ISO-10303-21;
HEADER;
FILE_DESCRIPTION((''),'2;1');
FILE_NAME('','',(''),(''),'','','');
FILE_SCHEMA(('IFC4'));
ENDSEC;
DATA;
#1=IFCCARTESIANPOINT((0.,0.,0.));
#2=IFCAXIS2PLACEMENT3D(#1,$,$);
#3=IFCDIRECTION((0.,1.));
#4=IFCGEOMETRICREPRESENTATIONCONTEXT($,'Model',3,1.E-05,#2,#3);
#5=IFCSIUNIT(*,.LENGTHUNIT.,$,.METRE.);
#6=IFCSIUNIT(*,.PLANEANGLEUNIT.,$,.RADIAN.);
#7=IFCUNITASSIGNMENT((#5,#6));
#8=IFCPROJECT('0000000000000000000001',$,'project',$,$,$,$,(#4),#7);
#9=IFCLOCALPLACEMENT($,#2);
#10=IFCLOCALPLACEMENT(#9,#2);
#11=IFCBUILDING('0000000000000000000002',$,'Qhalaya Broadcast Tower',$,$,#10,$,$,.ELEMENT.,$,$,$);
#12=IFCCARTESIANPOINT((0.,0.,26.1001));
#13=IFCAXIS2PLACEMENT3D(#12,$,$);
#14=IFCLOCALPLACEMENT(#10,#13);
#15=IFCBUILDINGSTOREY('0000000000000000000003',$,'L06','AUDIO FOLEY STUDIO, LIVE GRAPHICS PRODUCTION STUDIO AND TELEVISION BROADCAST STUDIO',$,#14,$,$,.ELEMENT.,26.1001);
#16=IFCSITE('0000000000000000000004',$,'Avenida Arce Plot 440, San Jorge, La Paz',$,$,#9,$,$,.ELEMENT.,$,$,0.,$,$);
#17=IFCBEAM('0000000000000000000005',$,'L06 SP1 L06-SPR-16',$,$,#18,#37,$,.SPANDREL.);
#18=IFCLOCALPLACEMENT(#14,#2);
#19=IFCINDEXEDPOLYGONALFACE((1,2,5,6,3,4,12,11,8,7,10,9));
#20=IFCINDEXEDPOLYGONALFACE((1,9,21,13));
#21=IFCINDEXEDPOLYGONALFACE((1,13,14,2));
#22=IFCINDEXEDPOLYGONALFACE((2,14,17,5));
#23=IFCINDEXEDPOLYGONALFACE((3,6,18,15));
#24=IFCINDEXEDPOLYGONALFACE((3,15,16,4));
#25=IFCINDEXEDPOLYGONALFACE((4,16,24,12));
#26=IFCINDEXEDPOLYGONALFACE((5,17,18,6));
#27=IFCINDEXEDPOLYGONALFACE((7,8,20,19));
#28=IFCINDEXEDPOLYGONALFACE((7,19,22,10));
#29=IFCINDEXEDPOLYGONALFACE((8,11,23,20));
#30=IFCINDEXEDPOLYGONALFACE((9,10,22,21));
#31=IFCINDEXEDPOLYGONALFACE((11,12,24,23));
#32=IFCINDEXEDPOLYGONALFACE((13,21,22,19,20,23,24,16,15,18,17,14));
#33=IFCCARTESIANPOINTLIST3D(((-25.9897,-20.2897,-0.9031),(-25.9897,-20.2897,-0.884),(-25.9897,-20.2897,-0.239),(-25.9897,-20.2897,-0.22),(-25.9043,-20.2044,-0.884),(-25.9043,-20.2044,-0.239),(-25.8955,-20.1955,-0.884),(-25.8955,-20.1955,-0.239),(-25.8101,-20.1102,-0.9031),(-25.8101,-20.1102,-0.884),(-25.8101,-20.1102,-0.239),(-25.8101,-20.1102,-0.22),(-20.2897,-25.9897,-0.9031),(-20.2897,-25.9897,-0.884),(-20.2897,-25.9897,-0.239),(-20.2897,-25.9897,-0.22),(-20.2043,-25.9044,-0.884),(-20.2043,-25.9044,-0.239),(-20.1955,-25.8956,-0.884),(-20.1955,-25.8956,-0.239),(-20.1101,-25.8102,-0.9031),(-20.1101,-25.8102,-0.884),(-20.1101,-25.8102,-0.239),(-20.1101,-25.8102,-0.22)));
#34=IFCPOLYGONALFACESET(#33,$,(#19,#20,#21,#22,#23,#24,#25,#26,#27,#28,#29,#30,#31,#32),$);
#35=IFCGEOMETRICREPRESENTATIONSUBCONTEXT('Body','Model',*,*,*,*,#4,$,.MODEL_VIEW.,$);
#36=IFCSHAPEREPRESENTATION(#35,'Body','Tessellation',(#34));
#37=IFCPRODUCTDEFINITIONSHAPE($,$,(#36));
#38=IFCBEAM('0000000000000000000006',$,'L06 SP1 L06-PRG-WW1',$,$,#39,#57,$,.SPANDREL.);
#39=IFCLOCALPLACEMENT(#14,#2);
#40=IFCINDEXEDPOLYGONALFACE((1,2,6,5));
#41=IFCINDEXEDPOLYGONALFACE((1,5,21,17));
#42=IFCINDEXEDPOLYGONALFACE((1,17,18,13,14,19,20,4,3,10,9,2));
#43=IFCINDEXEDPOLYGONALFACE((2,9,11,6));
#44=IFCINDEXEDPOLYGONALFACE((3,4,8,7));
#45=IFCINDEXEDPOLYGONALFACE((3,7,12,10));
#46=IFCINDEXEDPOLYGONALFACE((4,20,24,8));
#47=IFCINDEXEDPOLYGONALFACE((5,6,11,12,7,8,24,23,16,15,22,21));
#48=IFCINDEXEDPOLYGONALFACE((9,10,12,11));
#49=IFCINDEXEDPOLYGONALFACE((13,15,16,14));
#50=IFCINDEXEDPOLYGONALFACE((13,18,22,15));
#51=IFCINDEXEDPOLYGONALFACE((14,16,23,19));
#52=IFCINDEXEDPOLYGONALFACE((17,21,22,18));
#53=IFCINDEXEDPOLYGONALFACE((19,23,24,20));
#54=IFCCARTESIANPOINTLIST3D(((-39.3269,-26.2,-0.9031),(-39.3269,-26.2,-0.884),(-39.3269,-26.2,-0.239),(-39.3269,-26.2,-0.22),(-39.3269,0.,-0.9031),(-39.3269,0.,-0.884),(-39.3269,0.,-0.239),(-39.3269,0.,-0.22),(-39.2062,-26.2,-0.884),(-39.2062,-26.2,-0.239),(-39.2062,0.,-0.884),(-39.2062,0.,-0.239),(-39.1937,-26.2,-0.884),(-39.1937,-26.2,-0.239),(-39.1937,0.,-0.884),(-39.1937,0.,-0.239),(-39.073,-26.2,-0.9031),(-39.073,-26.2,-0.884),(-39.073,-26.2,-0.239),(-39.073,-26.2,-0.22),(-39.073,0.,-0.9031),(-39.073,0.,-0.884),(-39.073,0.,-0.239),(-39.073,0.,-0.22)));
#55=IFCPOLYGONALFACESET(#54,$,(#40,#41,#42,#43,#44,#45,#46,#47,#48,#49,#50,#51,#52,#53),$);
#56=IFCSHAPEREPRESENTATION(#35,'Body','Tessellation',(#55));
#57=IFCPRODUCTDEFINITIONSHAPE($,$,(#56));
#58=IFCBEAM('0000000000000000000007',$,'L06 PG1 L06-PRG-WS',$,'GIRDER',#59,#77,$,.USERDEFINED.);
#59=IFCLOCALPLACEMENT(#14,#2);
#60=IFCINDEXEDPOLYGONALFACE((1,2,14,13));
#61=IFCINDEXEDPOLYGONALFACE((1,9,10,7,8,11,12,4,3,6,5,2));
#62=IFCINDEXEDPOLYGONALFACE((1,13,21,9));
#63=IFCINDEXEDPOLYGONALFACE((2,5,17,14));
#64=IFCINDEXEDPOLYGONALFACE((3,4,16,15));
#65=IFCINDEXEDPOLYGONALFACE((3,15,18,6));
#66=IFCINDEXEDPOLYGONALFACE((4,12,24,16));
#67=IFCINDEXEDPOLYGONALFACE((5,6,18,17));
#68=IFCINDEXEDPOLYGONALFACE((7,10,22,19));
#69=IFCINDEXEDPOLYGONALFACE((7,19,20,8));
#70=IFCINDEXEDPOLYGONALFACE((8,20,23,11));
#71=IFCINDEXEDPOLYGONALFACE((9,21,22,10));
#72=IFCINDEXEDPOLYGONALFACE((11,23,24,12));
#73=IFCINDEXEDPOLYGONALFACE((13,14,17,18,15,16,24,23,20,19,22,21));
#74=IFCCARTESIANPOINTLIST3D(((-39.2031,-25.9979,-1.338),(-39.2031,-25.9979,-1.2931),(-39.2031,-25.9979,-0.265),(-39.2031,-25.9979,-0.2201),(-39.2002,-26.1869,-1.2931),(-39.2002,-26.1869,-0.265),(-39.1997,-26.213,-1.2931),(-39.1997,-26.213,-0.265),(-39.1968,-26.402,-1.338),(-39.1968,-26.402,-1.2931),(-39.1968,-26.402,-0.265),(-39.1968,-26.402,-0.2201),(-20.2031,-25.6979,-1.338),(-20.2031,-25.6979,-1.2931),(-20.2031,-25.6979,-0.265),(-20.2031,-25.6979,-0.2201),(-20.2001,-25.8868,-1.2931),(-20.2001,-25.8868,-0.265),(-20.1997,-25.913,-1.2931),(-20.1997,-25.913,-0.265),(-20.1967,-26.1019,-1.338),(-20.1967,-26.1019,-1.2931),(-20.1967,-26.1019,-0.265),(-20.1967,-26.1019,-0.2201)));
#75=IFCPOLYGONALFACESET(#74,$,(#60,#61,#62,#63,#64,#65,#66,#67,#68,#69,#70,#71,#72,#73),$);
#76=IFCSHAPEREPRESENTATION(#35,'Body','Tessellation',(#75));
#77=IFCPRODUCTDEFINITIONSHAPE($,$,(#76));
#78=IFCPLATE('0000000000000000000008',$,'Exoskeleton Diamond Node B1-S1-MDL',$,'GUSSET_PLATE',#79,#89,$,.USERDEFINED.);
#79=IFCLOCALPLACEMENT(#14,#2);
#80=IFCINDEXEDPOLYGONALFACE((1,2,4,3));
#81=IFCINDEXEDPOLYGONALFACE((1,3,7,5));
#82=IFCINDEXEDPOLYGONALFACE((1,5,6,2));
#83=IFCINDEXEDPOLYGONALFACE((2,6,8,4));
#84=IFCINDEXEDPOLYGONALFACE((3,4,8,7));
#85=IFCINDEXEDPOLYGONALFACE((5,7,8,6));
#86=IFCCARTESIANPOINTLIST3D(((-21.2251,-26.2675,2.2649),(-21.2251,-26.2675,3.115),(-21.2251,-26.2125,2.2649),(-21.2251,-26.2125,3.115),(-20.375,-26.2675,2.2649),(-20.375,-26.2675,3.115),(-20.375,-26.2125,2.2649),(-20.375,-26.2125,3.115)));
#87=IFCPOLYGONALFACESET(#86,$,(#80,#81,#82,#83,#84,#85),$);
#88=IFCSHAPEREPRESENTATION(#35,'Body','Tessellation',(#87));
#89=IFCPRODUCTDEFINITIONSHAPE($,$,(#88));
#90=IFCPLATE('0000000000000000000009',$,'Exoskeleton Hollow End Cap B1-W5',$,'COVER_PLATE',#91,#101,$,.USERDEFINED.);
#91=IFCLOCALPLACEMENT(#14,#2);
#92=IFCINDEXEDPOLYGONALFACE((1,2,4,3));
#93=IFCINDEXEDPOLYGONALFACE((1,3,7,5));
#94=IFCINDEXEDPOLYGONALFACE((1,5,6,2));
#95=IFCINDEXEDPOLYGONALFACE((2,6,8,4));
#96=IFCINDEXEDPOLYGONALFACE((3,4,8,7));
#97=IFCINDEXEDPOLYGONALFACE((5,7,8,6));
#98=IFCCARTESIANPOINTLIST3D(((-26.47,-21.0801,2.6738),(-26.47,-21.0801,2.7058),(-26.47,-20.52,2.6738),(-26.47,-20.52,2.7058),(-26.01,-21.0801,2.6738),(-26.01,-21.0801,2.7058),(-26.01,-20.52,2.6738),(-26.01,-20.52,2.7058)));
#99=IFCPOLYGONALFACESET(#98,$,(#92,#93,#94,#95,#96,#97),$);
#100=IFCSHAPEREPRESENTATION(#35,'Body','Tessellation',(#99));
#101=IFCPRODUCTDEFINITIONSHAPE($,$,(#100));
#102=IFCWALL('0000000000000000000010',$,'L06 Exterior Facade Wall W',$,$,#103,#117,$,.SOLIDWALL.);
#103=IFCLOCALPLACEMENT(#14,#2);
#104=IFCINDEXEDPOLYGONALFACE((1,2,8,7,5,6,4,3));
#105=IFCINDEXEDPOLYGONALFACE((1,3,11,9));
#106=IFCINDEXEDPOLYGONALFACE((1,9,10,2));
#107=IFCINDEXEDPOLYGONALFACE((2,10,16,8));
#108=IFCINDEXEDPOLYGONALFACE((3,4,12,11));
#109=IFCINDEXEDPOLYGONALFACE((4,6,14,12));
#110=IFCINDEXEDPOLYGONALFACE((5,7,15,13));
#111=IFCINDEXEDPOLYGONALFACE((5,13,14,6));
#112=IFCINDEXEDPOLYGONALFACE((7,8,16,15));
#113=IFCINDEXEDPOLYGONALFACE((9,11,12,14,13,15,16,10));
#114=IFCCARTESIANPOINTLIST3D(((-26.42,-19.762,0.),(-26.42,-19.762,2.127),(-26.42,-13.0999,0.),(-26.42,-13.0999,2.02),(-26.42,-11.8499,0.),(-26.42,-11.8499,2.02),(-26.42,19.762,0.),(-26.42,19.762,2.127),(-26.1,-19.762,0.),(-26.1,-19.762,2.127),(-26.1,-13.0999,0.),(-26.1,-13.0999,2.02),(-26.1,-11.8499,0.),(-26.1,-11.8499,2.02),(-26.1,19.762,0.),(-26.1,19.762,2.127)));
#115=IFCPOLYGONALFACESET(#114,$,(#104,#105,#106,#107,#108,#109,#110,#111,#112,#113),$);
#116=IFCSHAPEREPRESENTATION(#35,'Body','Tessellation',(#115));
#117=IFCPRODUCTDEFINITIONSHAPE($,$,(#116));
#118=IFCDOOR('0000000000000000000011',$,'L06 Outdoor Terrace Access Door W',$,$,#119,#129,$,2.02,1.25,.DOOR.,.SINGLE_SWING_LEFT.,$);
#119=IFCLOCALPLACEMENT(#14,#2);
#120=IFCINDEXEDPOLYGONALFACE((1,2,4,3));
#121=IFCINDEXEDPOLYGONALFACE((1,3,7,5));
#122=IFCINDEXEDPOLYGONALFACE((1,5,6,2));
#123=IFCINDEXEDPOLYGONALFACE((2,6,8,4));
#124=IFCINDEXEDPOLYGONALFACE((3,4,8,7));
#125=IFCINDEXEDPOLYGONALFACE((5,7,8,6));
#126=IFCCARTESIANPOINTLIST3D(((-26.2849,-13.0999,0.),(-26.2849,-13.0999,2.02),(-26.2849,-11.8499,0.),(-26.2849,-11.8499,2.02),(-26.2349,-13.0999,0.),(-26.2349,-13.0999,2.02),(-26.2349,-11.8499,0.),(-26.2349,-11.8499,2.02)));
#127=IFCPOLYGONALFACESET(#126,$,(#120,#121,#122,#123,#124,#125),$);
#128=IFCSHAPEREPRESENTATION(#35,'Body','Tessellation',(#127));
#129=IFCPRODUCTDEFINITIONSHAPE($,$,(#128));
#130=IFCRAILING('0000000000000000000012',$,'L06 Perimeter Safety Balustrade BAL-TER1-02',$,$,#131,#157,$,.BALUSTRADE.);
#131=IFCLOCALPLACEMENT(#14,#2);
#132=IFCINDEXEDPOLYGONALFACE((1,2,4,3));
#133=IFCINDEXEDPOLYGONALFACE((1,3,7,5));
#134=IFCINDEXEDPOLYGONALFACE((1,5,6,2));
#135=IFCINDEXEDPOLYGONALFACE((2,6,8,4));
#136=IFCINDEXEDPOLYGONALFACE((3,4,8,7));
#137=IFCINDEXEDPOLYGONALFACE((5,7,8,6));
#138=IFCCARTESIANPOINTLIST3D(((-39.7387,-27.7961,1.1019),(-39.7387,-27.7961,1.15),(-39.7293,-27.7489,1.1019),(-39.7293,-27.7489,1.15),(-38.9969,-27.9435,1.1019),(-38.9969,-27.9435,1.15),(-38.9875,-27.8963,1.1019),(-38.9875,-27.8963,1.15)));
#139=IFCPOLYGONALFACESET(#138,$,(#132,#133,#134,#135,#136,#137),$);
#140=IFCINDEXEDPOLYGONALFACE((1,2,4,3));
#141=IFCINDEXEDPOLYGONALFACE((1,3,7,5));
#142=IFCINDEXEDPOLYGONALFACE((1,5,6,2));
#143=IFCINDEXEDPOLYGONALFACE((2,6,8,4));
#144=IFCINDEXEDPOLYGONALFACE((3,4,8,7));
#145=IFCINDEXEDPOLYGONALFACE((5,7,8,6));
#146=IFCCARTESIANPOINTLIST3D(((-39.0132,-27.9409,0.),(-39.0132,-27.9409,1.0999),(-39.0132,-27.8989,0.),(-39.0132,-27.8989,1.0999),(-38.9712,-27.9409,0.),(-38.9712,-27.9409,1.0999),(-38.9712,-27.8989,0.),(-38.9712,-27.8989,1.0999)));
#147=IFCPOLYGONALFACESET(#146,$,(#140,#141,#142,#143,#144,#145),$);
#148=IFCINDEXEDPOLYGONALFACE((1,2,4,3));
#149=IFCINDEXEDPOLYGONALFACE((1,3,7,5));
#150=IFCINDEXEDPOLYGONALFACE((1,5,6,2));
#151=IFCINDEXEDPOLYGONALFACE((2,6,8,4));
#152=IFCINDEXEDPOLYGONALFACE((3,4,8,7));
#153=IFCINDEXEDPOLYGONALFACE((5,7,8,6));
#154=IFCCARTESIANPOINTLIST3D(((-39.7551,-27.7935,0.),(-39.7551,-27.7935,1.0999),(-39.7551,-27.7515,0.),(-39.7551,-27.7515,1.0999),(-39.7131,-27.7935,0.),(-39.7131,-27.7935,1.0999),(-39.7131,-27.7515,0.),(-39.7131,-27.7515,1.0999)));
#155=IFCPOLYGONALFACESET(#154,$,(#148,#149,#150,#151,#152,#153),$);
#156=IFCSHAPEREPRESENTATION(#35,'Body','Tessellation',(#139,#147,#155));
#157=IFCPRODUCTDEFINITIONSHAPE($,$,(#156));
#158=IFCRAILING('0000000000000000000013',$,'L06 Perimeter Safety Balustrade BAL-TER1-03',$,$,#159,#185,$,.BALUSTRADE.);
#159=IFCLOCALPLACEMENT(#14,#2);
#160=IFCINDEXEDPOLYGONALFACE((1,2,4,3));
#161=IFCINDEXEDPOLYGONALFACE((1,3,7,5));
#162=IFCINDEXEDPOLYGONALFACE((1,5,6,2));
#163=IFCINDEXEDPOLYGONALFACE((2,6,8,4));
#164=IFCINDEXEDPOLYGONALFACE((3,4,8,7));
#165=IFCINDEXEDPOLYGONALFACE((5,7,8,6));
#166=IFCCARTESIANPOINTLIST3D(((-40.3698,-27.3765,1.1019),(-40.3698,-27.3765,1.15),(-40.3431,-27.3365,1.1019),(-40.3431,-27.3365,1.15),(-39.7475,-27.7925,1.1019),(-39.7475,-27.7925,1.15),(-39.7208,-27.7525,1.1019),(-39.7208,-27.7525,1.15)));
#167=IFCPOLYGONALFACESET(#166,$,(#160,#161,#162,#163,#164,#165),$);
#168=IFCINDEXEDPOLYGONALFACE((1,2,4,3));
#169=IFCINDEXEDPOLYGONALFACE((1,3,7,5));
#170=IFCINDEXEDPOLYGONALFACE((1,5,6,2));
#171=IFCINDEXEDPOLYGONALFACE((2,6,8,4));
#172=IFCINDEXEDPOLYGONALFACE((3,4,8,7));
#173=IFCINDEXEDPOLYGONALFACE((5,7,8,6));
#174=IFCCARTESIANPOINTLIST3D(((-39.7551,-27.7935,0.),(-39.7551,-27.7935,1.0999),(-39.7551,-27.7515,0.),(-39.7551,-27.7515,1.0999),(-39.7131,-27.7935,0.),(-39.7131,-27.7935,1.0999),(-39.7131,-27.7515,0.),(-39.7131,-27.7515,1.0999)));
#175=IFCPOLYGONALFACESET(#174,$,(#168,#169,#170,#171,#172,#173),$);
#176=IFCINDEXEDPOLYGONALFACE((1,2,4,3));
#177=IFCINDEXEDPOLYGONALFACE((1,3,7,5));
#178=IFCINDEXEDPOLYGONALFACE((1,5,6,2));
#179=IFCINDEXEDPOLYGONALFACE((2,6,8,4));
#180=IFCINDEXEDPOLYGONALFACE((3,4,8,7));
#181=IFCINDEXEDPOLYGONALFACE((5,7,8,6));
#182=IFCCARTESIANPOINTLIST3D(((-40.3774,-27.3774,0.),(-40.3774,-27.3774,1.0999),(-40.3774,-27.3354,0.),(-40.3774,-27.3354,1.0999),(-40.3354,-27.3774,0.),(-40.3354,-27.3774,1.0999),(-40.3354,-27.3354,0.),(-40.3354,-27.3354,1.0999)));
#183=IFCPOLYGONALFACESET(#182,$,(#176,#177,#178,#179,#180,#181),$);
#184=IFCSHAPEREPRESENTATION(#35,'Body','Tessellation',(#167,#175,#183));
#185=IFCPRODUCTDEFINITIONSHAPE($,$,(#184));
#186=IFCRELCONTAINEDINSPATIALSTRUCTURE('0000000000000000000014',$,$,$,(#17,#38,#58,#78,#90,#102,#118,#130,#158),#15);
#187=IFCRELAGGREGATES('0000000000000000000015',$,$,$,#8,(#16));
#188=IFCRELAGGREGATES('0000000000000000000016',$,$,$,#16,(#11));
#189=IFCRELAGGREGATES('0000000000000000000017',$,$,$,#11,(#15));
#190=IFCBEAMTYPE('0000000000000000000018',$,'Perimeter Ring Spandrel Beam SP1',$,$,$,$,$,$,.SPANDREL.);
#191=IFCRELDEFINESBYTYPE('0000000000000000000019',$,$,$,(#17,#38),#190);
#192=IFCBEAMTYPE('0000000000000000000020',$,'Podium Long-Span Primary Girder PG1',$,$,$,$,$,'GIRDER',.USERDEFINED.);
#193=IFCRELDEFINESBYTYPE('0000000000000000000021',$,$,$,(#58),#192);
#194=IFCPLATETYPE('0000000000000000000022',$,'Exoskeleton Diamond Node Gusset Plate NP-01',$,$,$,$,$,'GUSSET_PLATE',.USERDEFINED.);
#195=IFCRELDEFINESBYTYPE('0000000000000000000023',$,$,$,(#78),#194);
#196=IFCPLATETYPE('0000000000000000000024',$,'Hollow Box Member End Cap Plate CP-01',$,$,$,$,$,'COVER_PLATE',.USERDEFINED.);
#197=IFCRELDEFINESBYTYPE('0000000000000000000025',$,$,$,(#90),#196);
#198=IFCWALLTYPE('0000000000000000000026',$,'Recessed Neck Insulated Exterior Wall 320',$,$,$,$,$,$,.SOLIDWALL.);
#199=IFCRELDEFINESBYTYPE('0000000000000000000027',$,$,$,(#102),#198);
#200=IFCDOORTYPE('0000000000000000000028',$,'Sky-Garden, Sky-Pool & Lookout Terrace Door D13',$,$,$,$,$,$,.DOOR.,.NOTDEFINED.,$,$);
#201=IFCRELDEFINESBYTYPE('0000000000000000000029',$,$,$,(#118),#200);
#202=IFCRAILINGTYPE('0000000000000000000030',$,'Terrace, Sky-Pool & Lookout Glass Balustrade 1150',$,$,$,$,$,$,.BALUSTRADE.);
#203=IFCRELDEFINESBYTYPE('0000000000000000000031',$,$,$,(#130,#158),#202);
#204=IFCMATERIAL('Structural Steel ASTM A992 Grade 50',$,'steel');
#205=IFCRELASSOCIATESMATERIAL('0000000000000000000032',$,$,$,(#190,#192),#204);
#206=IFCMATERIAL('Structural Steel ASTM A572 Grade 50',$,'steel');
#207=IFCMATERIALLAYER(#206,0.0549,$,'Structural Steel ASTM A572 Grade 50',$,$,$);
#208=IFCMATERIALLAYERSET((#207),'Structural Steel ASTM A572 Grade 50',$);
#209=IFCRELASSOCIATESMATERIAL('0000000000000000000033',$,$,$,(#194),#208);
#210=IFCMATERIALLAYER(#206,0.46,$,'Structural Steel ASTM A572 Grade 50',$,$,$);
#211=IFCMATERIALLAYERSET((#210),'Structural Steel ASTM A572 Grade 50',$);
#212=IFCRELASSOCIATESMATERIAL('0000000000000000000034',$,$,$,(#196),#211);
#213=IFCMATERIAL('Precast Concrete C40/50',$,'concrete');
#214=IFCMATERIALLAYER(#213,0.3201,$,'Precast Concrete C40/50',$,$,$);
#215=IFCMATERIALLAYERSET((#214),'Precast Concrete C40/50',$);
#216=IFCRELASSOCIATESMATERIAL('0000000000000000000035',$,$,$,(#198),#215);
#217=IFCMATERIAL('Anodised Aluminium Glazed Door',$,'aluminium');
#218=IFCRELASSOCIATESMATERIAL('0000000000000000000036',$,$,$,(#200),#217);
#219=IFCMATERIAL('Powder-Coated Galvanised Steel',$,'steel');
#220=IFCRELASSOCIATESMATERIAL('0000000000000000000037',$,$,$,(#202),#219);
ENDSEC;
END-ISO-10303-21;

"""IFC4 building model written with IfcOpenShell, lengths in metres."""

from ifc_helpers import new_model, si_unit, direction, frame, frame_2d, origin, origin_2d, place, context, subcontext, project, spatial, rectangle, i_section, extrude, material, layer, layer_set, material_profile, profile_set, type_object, element, fill, save


model = new_model("IFC4")

# Units and contexts
model_context = context("Model", 3, precision=1e-05, world=origin(), true_north=direction((0.0, 1.0)))
body_context = subcontext(model_context, "Body", "Model", "MODEL_VIEW")
ifc_project = project(units=[si_unit("LENGTHUNIT", "METRE"), si_unit("PLANEANGLEUNIT", "RADIAN")], contexts=[model_context])

# Site, building, storey
site_placement = place(None, origin())
site = spatial("IfcSite", under=ifc_project, at=site_placement, Name="Avenida Arce Plot 440, San Jorge, La Paz", CompositionType="ELEMENT", RefElevation=0.0)
building_placement = place(site_placement, origin())
building = spatial("IfcBuilding", under=site, at=building_placement, Name="Qhalaya Broadcast Tower", CompositionType="ELEMENT")
storey_placement = place(building_placement, frame((0.0, 0.0, 26.1001)))
storey = spatial("IfcBuildingStorey", under=building, at=storey_placement, Name="L06", Description="AUDIO FOLEY STUDIO, LIVE GRAPHICS PRODUCTION STUDIO AND TELEVISION BROADCAST STUDIO", CompositionType="ELEMENT", Elevation=26.1001)

# Shared definitions
ifc_material_1 = material(Name="Structural Steel ASTM A572 Grade 50", Category="steel")

# Shared definitions
ifc_material_2 = material(Name="Structural Steel ASTM A992 Grade 50", Category="steel")

# Beams
ifc_material_profile_1 = material_profile(ifc_material_2, i_section(OverallWidth=0.2539, OverallDepth=0.6831, WebThickness=0.0125, FlangeThickness=0.019, at=origin_2d()), Name="W27X94")
ifc_profile_set_1 = profile_set([ifc_material_profile_1], Name="Structural Steel ASTM A992 Grade 50")
beam_type_1 = type_object("IfcBeamType", Name="Perimeter Ring Spandrel Beam SP1", PredefinedType="SPANDREL", material=ifc_profile_set_1)
beam_1_placement = place(storey_placement, frame((-25.8999, -20.2, -0.5615), z_axis=(0.707107, -0.707107, 0.0), x_axis=(0.707107, 0.707107, 0.0)))
element("IfcBeam", 1, at=beam_1_placement, inside=storey, type_object=beam_type_1, Name="L06 SP1 L06-SPR-16", PredefinedType="SPANDREL", context=body_context, shape_type="SweptSolid", body=[
    extrude(i_section(OverallWidth=0.2539, OverallDepth=0.6831, WebThickness=0.0125, FlangeThickness=0.019, at=origin_2d()), origin(), (0.0, 0.0, 1.0), 8.061),
])
beam_2_placement = place(storey_placement, frame((-39.2, -26.2, -0.5615), z_axis=(0.0, 1.0, 0.0), x_axis=(-1.0, 0.0, 0.0)))
element("IfcBeam", 2, at=beam_2_placement, inside=storey, type_object=beam_type_1, Name="L06 SP1 L06-PRG-WW1", PredefinedType="SPANDREL", context=body_context, shape_type="SweptSolid", body=[
    extrude(i_section(OverallWidth=0.2539, OverallDepth=0.6831, WebThickness=0.0125, FlangeThickness=0.019, at=origin_2d()), origin(), (0.0, 0.0, 1.0), 26.2),
])
ifc_material_profile_2 = material_profile(ifc_material_2, i_section(OverallWidth=0.4041, OverallDepth=1.1179, WebThickness=0.0261, FlangeThickness=0.0449, at=origin_2d()), Name="W44X335")
ifc_profile_set_2 = profile_set([ifc_material_profile_2], Name="Structural Steel ASTM A992 Grade 50")
beam_type_2 = type_object("IfcBeamType", Name="Podium Long-Span Primary Girder PG1", ElementType="GIRDER", PredefinedType="USERDEFINED", material=ifc_profile_set_2)
beam_3_placement = place(storey_placement, frame((-39.2, -26.2, -0.7791), z_axis=(0.999875, 0.01579, 0.0), x_axis=(-0.01579, 0.999875, 0.0)))
element("IfcBeam", 3, at=beam_3_placement, inside=storey, type_object=beam_type_2, Name="L06 PG1 L06-PRG-WS", ObjectType="GIRDER", PredefinedType="USERDEFINED", context=body_context, shape_type="SweptSolid", body=[
    extrude(i_section(OverallWidth=0.4041, OverallDepth=1.1179, WebThickness=0.0261, FlangeThickness=0.0449, at=origin_2d()), origin(), (0.0, 0.0, 1.0), 19.0024),
])

# Plates
ifc_layer_1 = layer(ifc_material_1, 0.0549, Name="Structural Steel ASTM A572 Grade 50")
ifc_layer_set_1 = layer_set([ifc_layer_1], Name="Structural Steel ASTM A572 Grade 50")
plate_type_1 = type_object("IfcPlateType", Name="Exoskeleton Diamond Node Gusset Plate NP-01", ElementType="GUSSET_PLATE", PredefinedType="USERDEFINED", material=ifc_layer_set_1)
plate_1_placement = place(storey_placement, frame((-20.8, -26.24, 2.2649), z_axis=(0.0, 0.0, 1.0), x_axis=(1.0, 0.0, 0.0)))
element("IfcPlate", 4, at=plate_1_placement, inside=storey, type_object=plate_type_1, Name="Exoskeleton Diamond Node B1-S1-MDL", ObjectType="GUSSET_PLATE", PredefinedType="USERDEFINED", context=body_context, shape_type="SweptSolid", body=[
    extrude(rectangle(XDim=0.8501, YDim=0.0549, at=origin_2d()), origin(), (0.0, 0.0, 1.0), 0.8501),
])
ifc_layer_2 = layer(ifc_material_1, 0.46, Name="Structural Steel ASTM A572 Grade 50")
ifc_layer_set_2 = layer_set([ifc_layer_2], Name="Structural Steel ASTM A572 Grade 50")
plate_type_2 = type_object("IfcPlateType", Name="Hollow Box Member End Cap Plate CP-01", ElementType="COVER_PLATE", PredefinedType="USERDEFINED", material=ifc_layer_set_2)
plate_2_placement = place(storey_placement, frame((-26.24, -20.8, 2.6738), z_axis=(0.0, 0.0, 1.0), x_axis=(0.0, 1.0, 0.0)))
element("IfcPlate", 5, at=plate_2_placement, inside=storey, type_object=plate_type_2, Name="Exoskeleton Hollow End Cap B1-W5", ObjectType="COVER_PLATE", PredefinedType="USERDEFINED", context=body_context, shape_type="SweptSolid", body=[
    extrude(rectangle(XDim=0.5601, YDim=0.46, at=origin_2d()), origin(), (0.0, 0.0, 1.0), 0.032),
])

# Wall, opening, door
ifc_material_3 = material(Name="Precast Concrete C40/50", Category="concrete")
ifc_layer_3 = layer(ifc_material_3, 0.3201, Name="Precast Concrete C40/50")
ifc_layer_set_3 = layer_set([ifc_layer_3], Name="Precast Concrete C40/50")
wall_type = type_object("IfcWallType", Name="Recessed Neck Insulated Exterior Wall 320", PredefinedType="SOLIDWALL", material=ifc_layer_set_3)
wall_placement = place(storey_placement, frame((-26.26, -19.762, 0.0), z_axis=(0.0, 0.0, 1.0), x_axis=(0.0, 1.0, 0.0)))
wall = element("IfcWall", 6, at=wall_placement, inside=storey, type_object=wall_type, Name="L06 Exterior Facade Wall W", PredefinedType="SOLIDWALL", context=body_context, shape_type="SweptSolid", body=[
    extrude(rectangle(XDim=39.5239, YDim=0.3201, at=frame_2d((19.762, 0.0))), origin(), (0.0, 0.0, 1.0), 2.127),
])
opening_placement = place(wall_placement, frame((6.6621, 0.0, 0.0)))
opening = element("IfcOpeningElement", 7, at=opening_placement, cuts=wall, PredefinedType="OPENING", context=body_context, shape_type="SweptSolid", body=[
    extrude(rectangle(XDim=1.25, YDim=2.02, at=frame_2d((0.625, 1.01))), frame((0.0, 0.1721, 0.0), z_axis=(0.0, -1.0, 0.0), x_axis=(1.0, 0.0, 0.0)), (0.0, 0.0, 1.0), 0.344),
])
ifc_material_4 = material(Name="Anodised Aluminium Glazed Door", Category="aluminium")
door_type = type_object("IfcDoorType", Name="Sky-Garden, Sky-Pool & Lookout Terrace Door D13", OperationType="NOTDEFINED", PredefinedType="DOOR", material=ifc_material_4)
door_placement = place(opening_placement, origin())
door = element("IfcDoor", 8, at=door_placement, inside=storey, type_object=door_type, Name="L06 Outdoor Terrace Access Door W", OperationType="SINGLE_SWING_LEFT", OverallHeight=2.02, OverallWidth=1.25, PredefinedType="DOOR", context=body_context, shape_type="SweptSolid", body=[
    extrude(rectangle(XDim=1.25, YDim=2.02, at=frame_2d((0.625, 1.01))), frame((0.0, 0.0249, 0.0), z_axis=(0.0, -1.0, 0.0), x_axis=(1.0, 0.0, 0.0)), (0.0, 0.0, 1.0), 0.05),
])
fill(opening, door)

# Railings
ifc_material_5 = material(Name="Powder-Coated Galvanised Steel", Category="steel")
railing_type = type_object("IfcRailingType", Name="Terrace, Sky-Pool & Lookout Glass Balustrade 1150", PredefinedType="BALUSTRADE", material=ifc_material_5)
railing_1_placement = place(storey_placement, frame((-38.9922, -27.9199, 0.0)))
element("IfcRailing", 9, at=railing_1_placement, inside=storey, type_object=railing_type, Name="L06 Perimeter Safety Balustrade BAL-TER1-02", PredefinedType="BALUSTRADE", context=body_context, shape_type="SweptSolid", body=[
    extrude(rectangle(XDim=0.0481, YDim=0.0481, at=origin_2d()), frame((0.0, 0.0, 1.126), z_axis=(-0.980816, 0.194937, 0.0), x_axis=(-0.194937, -0.980816, 0.0)), (0.0, 0.0, 1.0), 0.7563),
    extrude(rectangle(XDim=0.042, YDim=0.042, at=origin_2d()), origin(), (0.0, 0.0, 1.0), 1.0999),
    extrude(rectangle(XDim=0.042, YDim=0.042, at=origin_2d()), frame((-0.7419, 0.1475, 0.0)), (0.0, 0.0, 1.0), 1.0999),
])
railing_2_placement = place(storey_placement, frame((-39.7341, -27.7725, 0.0)))
element("IfcRailing", 10, at=railing_2_placement, inside=storey, type_object=railing_type, Name="L06 Perimeter Safety Balustrade BAL-TER1-03", PredefinedType="BALUSTRADE", context=body_context, shape_type="SweptSolid", body=[
    extrude(rectangle(XDim=0.0481, YDim=0.0481, at=origin_2d()), frame((0.0, 0.0, 1.126), z_axis=(-0.831347, 0.555753, 0.0), x_axis=(-0.555753, -0.831347, 0.0)), (0.0, 0.0, 1.0), 0.7485),
    extrude(rectangle(XDim=0.042, YDim=0.042, at=origin_2d()), origin(), (0.0, 0.0, 1.0), 1.0999),
    extrude(rectangle(XDim=0.042, YDim=0.042, at=origin_2d()), frame((-0.6223, 0.416, 0.0)), (0.0, 0.0, 1.0), 1.0999),
])

save(model, "model.ifc")
